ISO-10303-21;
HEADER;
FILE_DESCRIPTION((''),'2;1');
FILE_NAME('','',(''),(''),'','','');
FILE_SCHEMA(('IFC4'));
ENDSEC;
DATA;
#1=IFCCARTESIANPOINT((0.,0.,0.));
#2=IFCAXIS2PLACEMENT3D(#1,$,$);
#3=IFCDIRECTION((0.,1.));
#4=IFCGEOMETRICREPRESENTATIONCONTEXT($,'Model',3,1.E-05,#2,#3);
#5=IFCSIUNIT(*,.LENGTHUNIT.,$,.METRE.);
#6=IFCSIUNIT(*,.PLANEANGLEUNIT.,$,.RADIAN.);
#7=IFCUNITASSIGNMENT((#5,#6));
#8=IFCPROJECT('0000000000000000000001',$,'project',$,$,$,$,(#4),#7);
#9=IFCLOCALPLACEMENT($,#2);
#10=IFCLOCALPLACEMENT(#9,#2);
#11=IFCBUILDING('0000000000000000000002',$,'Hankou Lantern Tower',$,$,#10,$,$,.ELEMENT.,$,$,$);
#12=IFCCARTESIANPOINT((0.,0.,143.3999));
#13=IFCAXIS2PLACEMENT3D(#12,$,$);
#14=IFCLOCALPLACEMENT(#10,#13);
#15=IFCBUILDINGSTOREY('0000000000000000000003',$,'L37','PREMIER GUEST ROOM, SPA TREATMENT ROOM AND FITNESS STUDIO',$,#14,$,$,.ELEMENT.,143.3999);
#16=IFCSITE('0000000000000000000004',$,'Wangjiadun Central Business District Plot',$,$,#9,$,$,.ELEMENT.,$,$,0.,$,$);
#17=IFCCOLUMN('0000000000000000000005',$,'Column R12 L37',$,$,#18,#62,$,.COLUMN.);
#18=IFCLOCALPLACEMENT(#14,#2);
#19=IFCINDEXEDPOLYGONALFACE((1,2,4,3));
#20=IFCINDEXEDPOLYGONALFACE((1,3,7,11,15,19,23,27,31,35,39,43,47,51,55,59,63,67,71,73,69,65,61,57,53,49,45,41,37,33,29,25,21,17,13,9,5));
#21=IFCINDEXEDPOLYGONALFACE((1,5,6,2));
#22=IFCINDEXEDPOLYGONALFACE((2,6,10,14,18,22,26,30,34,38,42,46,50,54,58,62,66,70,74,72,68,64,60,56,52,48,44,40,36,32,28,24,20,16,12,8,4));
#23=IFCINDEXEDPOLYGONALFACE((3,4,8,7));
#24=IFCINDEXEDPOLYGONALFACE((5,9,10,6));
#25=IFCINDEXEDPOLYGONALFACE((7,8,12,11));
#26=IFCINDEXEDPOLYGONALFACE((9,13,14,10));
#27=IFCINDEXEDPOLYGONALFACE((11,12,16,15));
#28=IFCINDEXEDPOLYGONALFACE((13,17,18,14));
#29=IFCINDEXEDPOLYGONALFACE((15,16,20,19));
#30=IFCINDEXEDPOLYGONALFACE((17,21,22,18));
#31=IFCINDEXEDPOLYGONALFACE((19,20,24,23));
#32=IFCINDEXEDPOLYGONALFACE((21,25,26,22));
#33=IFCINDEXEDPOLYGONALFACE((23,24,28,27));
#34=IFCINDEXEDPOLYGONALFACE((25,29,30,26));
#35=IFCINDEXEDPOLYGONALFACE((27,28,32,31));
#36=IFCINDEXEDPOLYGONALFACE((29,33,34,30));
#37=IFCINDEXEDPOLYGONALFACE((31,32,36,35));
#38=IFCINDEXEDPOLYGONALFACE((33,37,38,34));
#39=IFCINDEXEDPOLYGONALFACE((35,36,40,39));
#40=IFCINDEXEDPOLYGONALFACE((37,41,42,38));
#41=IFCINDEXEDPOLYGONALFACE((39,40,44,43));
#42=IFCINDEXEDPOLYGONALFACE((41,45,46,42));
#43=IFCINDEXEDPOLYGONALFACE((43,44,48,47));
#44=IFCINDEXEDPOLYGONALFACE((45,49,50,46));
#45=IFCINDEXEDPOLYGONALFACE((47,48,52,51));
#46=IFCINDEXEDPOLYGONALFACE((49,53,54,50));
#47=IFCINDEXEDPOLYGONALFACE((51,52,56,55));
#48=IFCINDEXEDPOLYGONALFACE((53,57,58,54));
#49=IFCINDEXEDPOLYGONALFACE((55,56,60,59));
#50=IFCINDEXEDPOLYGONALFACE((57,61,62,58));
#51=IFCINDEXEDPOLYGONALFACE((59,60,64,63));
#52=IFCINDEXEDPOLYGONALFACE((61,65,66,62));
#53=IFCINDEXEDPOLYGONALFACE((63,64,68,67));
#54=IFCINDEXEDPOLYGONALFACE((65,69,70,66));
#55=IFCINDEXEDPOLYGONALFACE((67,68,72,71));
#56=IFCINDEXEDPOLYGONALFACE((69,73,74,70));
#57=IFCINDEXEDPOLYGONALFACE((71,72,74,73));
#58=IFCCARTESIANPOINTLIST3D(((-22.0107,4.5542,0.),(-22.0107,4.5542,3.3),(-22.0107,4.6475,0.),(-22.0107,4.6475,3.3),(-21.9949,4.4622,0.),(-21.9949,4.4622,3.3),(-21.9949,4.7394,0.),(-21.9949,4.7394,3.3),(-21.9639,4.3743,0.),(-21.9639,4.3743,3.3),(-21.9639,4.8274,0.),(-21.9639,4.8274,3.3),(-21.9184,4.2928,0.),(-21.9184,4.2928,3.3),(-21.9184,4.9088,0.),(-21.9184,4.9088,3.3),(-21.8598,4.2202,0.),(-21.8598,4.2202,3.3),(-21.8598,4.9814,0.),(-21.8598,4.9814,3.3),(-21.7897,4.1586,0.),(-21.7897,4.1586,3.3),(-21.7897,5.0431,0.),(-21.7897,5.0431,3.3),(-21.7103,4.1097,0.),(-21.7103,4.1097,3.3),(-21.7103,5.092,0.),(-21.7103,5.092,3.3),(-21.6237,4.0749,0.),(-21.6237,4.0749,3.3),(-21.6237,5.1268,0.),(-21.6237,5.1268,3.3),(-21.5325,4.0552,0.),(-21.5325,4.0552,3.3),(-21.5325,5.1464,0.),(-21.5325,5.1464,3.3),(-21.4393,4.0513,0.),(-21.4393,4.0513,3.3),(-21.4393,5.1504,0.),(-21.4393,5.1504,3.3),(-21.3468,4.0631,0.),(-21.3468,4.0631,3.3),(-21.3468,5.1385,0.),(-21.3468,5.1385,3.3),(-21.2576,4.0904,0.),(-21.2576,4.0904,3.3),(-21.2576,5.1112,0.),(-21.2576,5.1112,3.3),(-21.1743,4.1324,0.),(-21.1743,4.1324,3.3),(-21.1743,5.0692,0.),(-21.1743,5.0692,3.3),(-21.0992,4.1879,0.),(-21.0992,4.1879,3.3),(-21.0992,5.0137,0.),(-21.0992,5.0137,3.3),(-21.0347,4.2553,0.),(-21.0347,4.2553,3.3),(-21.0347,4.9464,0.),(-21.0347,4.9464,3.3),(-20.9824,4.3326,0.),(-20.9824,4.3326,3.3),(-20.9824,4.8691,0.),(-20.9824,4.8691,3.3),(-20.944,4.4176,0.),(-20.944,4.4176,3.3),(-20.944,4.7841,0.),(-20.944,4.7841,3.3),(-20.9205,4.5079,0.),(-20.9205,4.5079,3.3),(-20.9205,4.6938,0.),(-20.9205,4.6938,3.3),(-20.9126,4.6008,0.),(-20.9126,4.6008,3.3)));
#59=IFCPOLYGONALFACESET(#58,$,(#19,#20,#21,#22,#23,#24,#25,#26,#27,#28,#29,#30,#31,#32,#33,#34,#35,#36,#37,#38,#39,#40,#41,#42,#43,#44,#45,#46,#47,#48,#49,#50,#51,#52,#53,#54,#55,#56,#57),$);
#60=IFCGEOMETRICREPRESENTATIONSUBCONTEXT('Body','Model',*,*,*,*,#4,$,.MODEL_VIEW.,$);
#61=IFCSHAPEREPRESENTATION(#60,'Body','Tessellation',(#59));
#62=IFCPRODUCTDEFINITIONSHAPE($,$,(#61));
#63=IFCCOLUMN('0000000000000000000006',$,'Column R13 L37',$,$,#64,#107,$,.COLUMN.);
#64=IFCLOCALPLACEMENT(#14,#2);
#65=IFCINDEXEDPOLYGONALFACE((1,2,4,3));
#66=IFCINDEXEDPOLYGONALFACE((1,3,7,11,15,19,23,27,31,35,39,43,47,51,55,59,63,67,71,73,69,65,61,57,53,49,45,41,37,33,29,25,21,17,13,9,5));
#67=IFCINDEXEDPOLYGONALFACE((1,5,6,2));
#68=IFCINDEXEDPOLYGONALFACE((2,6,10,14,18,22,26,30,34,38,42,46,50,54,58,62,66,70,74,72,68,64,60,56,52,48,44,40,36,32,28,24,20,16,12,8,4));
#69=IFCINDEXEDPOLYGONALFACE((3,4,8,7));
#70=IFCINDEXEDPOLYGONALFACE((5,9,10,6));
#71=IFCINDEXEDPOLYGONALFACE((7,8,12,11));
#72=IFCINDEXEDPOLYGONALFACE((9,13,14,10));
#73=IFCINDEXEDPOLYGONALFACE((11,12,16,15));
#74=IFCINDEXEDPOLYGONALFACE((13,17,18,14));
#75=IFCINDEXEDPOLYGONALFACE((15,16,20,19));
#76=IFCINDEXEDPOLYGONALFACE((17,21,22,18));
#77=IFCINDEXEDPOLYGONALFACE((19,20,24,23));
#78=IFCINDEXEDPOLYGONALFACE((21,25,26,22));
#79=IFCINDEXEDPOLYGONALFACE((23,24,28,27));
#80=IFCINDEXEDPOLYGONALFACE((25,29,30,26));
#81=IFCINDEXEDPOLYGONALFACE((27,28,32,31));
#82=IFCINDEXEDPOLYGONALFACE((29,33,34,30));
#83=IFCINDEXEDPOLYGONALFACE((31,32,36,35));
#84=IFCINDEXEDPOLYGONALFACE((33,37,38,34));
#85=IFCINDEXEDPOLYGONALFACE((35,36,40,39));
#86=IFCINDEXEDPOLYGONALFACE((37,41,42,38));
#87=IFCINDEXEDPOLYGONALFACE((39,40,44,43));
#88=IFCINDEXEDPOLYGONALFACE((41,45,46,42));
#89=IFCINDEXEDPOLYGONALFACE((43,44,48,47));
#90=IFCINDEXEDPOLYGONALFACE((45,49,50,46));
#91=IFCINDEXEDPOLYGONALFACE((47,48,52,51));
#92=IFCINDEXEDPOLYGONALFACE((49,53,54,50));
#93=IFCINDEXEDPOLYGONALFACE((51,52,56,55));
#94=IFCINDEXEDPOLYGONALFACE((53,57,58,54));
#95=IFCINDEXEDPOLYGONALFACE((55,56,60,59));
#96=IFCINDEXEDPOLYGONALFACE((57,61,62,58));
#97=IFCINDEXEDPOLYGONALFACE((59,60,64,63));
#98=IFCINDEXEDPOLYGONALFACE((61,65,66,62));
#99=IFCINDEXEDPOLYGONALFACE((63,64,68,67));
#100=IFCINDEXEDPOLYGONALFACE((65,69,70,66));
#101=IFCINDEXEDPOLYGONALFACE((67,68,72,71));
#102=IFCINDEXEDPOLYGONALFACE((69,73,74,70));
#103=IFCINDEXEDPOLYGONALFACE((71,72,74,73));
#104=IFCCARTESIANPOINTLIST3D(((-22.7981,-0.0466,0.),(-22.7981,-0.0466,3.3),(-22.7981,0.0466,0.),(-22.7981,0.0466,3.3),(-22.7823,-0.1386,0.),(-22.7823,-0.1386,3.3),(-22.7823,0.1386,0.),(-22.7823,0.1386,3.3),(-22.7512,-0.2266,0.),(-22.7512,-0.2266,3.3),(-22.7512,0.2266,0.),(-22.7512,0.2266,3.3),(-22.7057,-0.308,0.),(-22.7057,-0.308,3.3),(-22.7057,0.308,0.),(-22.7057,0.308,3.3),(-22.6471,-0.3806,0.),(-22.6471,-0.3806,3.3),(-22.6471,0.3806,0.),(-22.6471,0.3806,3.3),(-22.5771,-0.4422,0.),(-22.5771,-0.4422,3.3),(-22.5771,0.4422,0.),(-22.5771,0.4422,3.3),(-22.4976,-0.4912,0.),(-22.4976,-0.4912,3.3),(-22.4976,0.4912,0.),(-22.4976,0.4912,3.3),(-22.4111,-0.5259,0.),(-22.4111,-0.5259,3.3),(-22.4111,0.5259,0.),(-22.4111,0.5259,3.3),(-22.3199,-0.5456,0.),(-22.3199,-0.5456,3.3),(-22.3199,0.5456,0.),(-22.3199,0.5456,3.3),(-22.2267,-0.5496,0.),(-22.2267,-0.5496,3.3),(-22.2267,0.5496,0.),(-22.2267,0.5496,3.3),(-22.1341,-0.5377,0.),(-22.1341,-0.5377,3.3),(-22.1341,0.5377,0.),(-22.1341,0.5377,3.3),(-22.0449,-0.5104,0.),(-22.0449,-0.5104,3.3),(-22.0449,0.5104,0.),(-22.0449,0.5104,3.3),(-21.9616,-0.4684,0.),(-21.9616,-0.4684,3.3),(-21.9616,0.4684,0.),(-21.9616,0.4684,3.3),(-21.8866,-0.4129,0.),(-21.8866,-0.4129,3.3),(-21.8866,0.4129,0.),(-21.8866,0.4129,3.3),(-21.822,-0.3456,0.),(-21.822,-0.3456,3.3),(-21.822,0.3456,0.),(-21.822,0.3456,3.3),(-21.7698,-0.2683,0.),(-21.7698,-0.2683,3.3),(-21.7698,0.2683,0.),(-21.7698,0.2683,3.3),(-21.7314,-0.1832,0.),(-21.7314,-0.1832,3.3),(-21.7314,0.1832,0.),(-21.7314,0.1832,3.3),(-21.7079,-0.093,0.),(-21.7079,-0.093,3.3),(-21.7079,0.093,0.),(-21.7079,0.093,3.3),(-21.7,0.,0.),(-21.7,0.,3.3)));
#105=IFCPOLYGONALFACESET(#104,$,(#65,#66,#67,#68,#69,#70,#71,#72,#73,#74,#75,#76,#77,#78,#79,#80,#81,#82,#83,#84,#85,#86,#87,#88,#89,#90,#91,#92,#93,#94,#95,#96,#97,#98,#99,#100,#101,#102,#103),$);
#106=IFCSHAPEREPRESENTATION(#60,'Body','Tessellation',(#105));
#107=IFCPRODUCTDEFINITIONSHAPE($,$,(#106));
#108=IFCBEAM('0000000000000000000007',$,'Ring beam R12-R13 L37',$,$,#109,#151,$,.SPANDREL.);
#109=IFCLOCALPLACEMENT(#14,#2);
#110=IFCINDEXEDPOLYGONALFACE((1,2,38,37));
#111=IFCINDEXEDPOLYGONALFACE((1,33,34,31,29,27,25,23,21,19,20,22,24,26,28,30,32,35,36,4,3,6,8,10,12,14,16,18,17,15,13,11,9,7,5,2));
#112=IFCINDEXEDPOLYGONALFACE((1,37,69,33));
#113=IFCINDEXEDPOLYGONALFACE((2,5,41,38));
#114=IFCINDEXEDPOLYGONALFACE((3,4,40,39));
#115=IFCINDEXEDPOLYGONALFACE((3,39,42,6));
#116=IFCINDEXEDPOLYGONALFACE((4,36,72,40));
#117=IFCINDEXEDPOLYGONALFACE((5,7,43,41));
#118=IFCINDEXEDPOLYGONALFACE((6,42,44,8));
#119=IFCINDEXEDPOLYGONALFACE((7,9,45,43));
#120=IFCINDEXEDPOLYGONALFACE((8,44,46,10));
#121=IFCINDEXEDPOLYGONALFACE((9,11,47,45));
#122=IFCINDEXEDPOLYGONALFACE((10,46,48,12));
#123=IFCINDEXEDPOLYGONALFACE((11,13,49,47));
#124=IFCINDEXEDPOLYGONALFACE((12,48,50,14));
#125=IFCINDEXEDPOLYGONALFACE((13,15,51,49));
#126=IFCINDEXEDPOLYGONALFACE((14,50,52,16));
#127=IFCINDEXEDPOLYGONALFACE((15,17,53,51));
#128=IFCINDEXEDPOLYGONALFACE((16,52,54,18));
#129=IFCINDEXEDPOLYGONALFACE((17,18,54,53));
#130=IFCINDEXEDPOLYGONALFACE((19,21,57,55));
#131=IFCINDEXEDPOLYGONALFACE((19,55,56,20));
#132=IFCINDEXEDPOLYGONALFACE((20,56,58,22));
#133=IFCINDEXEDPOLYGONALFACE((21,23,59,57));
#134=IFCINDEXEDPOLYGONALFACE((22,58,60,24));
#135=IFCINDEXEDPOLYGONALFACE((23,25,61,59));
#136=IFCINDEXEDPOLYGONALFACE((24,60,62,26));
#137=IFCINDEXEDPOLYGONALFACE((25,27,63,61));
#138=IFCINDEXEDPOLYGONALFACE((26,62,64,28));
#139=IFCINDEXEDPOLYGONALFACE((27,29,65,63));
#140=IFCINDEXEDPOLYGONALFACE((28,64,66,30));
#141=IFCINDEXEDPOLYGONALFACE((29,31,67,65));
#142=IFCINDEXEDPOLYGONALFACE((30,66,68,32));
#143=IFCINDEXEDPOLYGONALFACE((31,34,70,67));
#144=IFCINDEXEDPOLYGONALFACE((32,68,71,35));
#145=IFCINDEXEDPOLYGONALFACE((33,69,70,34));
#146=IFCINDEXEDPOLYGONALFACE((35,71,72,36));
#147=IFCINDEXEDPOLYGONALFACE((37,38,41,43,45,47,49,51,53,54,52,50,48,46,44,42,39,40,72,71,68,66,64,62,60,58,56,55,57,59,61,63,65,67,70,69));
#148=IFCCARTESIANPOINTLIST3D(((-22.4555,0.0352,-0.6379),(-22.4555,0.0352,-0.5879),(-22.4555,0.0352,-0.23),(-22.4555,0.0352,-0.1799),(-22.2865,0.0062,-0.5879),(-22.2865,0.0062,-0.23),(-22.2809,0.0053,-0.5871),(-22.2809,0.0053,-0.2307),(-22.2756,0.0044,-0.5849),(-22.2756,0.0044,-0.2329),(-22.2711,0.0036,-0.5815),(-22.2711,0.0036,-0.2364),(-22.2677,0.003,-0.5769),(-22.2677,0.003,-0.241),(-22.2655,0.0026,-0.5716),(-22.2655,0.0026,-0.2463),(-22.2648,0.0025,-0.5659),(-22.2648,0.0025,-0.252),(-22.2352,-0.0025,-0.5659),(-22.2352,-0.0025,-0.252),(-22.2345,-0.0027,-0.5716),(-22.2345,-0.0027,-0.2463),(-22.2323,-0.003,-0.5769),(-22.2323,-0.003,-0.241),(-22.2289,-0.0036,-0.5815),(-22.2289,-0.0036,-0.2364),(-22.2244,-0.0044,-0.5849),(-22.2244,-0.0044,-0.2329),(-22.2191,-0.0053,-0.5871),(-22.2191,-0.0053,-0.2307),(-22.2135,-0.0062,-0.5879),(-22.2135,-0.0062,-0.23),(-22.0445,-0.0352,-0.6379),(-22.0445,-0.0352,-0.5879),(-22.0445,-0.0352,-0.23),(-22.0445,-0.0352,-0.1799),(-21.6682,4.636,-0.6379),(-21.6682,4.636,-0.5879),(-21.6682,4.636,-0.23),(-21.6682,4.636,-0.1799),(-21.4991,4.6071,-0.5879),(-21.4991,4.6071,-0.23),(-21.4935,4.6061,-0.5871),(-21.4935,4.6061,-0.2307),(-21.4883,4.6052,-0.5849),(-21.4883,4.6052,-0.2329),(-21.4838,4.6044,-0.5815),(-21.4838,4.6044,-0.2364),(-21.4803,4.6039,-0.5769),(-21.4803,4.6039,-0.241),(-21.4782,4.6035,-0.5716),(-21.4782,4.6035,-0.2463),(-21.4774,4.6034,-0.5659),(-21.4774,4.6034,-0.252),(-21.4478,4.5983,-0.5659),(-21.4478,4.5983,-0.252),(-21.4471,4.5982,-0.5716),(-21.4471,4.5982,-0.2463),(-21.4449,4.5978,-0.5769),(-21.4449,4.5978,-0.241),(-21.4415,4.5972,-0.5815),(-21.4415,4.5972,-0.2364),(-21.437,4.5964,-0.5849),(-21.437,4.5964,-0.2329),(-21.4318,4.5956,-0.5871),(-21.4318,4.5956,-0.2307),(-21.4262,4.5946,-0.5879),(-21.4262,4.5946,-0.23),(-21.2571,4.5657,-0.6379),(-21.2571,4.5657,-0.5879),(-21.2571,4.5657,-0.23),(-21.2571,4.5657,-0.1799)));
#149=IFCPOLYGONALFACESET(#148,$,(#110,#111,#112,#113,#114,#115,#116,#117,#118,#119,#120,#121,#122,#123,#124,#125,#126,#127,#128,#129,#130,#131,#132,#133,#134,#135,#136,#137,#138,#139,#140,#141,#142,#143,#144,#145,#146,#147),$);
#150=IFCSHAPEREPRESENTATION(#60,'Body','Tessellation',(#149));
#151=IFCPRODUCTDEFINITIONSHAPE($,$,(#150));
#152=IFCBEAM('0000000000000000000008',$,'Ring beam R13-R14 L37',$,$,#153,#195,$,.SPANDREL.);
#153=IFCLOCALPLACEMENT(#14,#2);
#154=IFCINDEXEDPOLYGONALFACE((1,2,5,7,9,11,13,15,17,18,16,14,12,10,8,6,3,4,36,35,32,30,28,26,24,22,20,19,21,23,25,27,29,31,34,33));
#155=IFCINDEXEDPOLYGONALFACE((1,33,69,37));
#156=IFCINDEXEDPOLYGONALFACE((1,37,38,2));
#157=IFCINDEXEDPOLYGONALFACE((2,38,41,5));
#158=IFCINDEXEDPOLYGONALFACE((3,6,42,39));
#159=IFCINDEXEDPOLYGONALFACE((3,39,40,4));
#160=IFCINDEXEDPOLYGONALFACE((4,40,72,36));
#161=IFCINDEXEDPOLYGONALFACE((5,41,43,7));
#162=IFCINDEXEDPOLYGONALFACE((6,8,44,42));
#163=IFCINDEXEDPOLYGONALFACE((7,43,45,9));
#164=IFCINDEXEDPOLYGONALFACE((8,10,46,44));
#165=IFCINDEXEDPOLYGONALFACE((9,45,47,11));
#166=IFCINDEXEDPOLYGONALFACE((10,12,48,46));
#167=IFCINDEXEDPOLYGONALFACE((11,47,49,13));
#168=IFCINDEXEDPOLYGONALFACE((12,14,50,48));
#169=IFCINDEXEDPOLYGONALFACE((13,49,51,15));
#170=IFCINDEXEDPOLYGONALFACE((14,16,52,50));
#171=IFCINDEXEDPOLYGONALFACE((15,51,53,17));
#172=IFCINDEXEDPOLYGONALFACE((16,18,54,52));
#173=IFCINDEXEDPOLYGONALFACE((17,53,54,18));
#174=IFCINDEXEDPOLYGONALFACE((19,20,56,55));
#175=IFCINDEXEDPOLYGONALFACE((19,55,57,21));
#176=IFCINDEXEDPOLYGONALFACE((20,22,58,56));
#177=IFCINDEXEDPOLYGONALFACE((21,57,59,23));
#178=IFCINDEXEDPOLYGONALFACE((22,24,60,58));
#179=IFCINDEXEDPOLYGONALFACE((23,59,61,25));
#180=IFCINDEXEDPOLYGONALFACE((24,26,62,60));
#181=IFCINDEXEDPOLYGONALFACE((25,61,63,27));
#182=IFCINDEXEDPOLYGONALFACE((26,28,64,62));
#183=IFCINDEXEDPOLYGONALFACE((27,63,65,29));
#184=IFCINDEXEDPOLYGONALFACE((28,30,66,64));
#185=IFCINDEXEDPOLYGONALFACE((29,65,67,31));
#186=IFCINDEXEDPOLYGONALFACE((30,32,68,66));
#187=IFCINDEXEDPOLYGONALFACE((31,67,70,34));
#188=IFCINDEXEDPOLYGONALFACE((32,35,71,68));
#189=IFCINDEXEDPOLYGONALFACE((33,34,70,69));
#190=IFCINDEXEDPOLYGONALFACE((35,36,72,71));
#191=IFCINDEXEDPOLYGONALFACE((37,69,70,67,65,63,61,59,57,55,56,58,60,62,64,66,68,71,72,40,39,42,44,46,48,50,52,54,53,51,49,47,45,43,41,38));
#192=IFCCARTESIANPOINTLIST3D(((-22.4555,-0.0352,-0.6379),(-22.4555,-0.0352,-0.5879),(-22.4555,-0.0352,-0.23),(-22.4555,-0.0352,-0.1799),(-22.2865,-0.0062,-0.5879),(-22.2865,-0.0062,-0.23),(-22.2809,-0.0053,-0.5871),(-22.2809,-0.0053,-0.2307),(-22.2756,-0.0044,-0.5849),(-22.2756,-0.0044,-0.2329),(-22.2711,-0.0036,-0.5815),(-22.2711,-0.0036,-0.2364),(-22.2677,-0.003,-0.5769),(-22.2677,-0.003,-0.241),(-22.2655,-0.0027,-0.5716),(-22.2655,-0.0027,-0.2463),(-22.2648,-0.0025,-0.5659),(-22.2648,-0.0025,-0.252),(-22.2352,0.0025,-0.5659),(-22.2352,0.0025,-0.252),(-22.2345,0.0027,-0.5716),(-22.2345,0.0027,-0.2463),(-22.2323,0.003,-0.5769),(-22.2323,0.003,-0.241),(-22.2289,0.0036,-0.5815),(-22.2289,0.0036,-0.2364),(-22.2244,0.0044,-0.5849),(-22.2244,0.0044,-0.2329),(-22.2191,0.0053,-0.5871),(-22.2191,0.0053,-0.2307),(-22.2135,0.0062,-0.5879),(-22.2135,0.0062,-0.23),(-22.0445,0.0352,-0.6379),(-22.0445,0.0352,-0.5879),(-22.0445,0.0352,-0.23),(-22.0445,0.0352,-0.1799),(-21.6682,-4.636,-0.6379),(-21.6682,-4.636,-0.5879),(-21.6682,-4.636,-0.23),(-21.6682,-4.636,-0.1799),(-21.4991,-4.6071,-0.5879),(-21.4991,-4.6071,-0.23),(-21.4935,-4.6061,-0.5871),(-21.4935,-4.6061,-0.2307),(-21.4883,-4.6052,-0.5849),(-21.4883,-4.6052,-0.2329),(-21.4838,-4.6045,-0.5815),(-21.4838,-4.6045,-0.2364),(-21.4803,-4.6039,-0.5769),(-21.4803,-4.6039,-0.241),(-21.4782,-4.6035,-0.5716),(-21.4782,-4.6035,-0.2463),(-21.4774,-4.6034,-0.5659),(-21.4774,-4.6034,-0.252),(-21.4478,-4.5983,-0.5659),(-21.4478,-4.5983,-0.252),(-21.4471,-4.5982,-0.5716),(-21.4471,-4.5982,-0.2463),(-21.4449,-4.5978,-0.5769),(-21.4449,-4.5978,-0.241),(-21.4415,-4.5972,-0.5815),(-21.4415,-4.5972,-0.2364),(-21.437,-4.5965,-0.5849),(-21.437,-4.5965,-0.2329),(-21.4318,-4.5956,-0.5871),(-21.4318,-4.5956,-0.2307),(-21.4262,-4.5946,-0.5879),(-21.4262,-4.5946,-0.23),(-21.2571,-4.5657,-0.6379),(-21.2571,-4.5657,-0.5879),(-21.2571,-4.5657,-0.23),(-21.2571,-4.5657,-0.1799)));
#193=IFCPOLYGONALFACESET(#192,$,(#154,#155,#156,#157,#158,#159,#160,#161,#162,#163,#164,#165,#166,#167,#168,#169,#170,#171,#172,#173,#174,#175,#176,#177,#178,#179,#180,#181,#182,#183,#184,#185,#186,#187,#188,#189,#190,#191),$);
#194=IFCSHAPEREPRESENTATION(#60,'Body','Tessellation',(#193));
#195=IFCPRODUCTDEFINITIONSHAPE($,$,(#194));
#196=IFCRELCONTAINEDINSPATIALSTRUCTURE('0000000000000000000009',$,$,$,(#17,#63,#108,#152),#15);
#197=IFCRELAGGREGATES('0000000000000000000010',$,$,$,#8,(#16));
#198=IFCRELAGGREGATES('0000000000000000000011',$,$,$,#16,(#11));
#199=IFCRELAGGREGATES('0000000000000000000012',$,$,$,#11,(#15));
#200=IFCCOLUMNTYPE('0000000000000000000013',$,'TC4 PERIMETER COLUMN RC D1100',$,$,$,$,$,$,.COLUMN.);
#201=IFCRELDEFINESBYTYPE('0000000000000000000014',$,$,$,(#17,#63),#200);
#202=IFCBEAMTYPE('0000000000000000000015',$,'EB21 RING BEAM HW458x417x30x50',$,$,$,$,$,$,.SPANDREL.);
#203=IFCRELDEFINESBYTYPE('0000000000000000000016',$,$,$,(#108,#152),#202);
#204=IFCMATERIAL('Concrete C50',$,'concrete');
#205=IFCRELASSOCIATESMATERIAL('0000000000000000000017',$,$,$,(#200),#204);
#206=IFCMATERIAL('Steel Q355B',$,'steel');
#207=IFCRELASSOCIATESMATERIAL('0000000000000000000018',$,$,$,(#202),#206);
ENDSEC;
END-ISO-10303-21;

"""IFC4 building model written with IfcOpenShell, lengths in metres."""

from ifc_helpers import new_model, si_unit, direction, frame, origin, origin_2d, place, context, subcontext, project, spatial, circle, i_section, extrude, material, material_profile, profile_set, type_object, element, save


model = new_model("IFC4")

# Units and contexts
model_context = context("Model", 3, precision=1e-05, world=origin(), true_north=direction((0.0, 1.0)))
body_context = subcontext(model_context, "Body", "Model", "MODEL_VIEW")
ifc_project = project(units=[si_unit("LENGTHUNIT", "METRE"), si_unit("PLANEANGLEUNIT", "RADIAN")], contexts=[model_context])

# Site, building, storey
site_placement = place(None, origin())
site = spatial("IfcSite", under=ifc_project, at=site_placement, Name="Wangjiadun Central Business District Plot", CompositionType="ELEMENT", RefElevation=0.0)
building_placement = place(site_placement, origin())
building = spatial("IfcBuilding", under=site, at=building_placement, Name="Hankou Lantern Tower", CompositionType="ELEMENT")
storey_placement = place(building_placement, frame((0.0, 0.0, 143.3999)))
storey = spatial("IfcBuildingStorey", under=building, at=storey_placement, Name="L37", Description="PREMIER GUEST ROOM, SPA TREATMENT ROOM AND FITNESS STUDIO", CompositionType="ELEMENT", Elevation=143.3999)

# Columns
ifc_material_1 = material(Name="Concrete C50", Category="concrete")
ifc_material_profile_1 = material_profile(ifc_material_1, circle(Radius=0.55, at=origin_2d()), Name="RC D1100")
ifc_profile_set_1 = profile_set([ifc_material_profile_1], Name="Concrete C50")
column_type = type_object("IfcColumnType", Name="TC4 PERIMETER COLUMN RC D1100", PredefinedType="COLUMN", material=ifc_profile_set_1)
for number, where, z_axis, x_axis, name in (
    (1, (-21.4626, 4.6008, 0.0), (0.0, 0.0, 1.0), (1.0, 0.0, 0.0), "Column R12 L37"),
    (2, (-22.25, 0.0, 0.0), (0.0, 0.0, 1.0), (1.0, 0.0, 0.0), "Column R13 L37"),
):
    element("IfcColumn", number, at=place(storey_placement, frame(where, z_axis=z_axis, x_axis=x_axis)), inside=storey, type_object=column_type, Name=name, PredefinedType="COLUMN", context=body_context, shape_type="SweptSolid", body=[
        extrude(circle(Radius=0.55, at=origin_2d()), origin(), (0.0, 0.0, 1.0), 3.3),
    ])

# Beams
ifc_material_2 = material(Name="Steel Q355B", Category="steel")
ifc_material_profile_2 = material_profile(ifc_material_2, i_section(OverallWidth=0.417, OverallDepth=0.458, WebThickness=0.03, FlangeThickness=0.05, FilletRadius=0.022, at=origin_2d()), Name="HW458x417x30x50")
ifc_profile_set_2 = profile_set([ifc_material_profile_2], Name="Steel Q355B")
beam_type_1 = type_object("IfcBeamType", Name="EB21 RING BEAM HW458x417x30x50", PredefinedType="SPANDREL", material=ifc_profile_set_2)
for number, where, z_axis, x_axis, name in (
    (3, (-21.4626, 4.6008, -0.4089), (-0.168681, -0.985671, 0.0), (0.985671, -0.168681, 0.0), "Ring beam R12-R13 L37"),
    (4, (-22.25, 0.0, -0.4089), (0.168681, -0.985671, 0.0), (0.985671, 0.168681, 0.0), "Ring beam R13-R14 L37"),
):
    element("IfcBeam", number, at=place(storey_placement, frame(where, z_axis=z_axis, x_axis=x_axis)), inside=storey, type_object=beam_type_1, Name=name, PredefinedType="SPANDREL", context=body_context, shape_type="SweptSolid", body=[
        extrude(i_section(OverallWidth=0.417, OverallDepth=0.458, WebThickness=0.03, FlangeThickness=0.05, FilletRadius=0.022, at=origin_2d()), origin(), (0.0, 0.0, 1.0), 4.6677),
    ])

save(model, "model.ifc")
